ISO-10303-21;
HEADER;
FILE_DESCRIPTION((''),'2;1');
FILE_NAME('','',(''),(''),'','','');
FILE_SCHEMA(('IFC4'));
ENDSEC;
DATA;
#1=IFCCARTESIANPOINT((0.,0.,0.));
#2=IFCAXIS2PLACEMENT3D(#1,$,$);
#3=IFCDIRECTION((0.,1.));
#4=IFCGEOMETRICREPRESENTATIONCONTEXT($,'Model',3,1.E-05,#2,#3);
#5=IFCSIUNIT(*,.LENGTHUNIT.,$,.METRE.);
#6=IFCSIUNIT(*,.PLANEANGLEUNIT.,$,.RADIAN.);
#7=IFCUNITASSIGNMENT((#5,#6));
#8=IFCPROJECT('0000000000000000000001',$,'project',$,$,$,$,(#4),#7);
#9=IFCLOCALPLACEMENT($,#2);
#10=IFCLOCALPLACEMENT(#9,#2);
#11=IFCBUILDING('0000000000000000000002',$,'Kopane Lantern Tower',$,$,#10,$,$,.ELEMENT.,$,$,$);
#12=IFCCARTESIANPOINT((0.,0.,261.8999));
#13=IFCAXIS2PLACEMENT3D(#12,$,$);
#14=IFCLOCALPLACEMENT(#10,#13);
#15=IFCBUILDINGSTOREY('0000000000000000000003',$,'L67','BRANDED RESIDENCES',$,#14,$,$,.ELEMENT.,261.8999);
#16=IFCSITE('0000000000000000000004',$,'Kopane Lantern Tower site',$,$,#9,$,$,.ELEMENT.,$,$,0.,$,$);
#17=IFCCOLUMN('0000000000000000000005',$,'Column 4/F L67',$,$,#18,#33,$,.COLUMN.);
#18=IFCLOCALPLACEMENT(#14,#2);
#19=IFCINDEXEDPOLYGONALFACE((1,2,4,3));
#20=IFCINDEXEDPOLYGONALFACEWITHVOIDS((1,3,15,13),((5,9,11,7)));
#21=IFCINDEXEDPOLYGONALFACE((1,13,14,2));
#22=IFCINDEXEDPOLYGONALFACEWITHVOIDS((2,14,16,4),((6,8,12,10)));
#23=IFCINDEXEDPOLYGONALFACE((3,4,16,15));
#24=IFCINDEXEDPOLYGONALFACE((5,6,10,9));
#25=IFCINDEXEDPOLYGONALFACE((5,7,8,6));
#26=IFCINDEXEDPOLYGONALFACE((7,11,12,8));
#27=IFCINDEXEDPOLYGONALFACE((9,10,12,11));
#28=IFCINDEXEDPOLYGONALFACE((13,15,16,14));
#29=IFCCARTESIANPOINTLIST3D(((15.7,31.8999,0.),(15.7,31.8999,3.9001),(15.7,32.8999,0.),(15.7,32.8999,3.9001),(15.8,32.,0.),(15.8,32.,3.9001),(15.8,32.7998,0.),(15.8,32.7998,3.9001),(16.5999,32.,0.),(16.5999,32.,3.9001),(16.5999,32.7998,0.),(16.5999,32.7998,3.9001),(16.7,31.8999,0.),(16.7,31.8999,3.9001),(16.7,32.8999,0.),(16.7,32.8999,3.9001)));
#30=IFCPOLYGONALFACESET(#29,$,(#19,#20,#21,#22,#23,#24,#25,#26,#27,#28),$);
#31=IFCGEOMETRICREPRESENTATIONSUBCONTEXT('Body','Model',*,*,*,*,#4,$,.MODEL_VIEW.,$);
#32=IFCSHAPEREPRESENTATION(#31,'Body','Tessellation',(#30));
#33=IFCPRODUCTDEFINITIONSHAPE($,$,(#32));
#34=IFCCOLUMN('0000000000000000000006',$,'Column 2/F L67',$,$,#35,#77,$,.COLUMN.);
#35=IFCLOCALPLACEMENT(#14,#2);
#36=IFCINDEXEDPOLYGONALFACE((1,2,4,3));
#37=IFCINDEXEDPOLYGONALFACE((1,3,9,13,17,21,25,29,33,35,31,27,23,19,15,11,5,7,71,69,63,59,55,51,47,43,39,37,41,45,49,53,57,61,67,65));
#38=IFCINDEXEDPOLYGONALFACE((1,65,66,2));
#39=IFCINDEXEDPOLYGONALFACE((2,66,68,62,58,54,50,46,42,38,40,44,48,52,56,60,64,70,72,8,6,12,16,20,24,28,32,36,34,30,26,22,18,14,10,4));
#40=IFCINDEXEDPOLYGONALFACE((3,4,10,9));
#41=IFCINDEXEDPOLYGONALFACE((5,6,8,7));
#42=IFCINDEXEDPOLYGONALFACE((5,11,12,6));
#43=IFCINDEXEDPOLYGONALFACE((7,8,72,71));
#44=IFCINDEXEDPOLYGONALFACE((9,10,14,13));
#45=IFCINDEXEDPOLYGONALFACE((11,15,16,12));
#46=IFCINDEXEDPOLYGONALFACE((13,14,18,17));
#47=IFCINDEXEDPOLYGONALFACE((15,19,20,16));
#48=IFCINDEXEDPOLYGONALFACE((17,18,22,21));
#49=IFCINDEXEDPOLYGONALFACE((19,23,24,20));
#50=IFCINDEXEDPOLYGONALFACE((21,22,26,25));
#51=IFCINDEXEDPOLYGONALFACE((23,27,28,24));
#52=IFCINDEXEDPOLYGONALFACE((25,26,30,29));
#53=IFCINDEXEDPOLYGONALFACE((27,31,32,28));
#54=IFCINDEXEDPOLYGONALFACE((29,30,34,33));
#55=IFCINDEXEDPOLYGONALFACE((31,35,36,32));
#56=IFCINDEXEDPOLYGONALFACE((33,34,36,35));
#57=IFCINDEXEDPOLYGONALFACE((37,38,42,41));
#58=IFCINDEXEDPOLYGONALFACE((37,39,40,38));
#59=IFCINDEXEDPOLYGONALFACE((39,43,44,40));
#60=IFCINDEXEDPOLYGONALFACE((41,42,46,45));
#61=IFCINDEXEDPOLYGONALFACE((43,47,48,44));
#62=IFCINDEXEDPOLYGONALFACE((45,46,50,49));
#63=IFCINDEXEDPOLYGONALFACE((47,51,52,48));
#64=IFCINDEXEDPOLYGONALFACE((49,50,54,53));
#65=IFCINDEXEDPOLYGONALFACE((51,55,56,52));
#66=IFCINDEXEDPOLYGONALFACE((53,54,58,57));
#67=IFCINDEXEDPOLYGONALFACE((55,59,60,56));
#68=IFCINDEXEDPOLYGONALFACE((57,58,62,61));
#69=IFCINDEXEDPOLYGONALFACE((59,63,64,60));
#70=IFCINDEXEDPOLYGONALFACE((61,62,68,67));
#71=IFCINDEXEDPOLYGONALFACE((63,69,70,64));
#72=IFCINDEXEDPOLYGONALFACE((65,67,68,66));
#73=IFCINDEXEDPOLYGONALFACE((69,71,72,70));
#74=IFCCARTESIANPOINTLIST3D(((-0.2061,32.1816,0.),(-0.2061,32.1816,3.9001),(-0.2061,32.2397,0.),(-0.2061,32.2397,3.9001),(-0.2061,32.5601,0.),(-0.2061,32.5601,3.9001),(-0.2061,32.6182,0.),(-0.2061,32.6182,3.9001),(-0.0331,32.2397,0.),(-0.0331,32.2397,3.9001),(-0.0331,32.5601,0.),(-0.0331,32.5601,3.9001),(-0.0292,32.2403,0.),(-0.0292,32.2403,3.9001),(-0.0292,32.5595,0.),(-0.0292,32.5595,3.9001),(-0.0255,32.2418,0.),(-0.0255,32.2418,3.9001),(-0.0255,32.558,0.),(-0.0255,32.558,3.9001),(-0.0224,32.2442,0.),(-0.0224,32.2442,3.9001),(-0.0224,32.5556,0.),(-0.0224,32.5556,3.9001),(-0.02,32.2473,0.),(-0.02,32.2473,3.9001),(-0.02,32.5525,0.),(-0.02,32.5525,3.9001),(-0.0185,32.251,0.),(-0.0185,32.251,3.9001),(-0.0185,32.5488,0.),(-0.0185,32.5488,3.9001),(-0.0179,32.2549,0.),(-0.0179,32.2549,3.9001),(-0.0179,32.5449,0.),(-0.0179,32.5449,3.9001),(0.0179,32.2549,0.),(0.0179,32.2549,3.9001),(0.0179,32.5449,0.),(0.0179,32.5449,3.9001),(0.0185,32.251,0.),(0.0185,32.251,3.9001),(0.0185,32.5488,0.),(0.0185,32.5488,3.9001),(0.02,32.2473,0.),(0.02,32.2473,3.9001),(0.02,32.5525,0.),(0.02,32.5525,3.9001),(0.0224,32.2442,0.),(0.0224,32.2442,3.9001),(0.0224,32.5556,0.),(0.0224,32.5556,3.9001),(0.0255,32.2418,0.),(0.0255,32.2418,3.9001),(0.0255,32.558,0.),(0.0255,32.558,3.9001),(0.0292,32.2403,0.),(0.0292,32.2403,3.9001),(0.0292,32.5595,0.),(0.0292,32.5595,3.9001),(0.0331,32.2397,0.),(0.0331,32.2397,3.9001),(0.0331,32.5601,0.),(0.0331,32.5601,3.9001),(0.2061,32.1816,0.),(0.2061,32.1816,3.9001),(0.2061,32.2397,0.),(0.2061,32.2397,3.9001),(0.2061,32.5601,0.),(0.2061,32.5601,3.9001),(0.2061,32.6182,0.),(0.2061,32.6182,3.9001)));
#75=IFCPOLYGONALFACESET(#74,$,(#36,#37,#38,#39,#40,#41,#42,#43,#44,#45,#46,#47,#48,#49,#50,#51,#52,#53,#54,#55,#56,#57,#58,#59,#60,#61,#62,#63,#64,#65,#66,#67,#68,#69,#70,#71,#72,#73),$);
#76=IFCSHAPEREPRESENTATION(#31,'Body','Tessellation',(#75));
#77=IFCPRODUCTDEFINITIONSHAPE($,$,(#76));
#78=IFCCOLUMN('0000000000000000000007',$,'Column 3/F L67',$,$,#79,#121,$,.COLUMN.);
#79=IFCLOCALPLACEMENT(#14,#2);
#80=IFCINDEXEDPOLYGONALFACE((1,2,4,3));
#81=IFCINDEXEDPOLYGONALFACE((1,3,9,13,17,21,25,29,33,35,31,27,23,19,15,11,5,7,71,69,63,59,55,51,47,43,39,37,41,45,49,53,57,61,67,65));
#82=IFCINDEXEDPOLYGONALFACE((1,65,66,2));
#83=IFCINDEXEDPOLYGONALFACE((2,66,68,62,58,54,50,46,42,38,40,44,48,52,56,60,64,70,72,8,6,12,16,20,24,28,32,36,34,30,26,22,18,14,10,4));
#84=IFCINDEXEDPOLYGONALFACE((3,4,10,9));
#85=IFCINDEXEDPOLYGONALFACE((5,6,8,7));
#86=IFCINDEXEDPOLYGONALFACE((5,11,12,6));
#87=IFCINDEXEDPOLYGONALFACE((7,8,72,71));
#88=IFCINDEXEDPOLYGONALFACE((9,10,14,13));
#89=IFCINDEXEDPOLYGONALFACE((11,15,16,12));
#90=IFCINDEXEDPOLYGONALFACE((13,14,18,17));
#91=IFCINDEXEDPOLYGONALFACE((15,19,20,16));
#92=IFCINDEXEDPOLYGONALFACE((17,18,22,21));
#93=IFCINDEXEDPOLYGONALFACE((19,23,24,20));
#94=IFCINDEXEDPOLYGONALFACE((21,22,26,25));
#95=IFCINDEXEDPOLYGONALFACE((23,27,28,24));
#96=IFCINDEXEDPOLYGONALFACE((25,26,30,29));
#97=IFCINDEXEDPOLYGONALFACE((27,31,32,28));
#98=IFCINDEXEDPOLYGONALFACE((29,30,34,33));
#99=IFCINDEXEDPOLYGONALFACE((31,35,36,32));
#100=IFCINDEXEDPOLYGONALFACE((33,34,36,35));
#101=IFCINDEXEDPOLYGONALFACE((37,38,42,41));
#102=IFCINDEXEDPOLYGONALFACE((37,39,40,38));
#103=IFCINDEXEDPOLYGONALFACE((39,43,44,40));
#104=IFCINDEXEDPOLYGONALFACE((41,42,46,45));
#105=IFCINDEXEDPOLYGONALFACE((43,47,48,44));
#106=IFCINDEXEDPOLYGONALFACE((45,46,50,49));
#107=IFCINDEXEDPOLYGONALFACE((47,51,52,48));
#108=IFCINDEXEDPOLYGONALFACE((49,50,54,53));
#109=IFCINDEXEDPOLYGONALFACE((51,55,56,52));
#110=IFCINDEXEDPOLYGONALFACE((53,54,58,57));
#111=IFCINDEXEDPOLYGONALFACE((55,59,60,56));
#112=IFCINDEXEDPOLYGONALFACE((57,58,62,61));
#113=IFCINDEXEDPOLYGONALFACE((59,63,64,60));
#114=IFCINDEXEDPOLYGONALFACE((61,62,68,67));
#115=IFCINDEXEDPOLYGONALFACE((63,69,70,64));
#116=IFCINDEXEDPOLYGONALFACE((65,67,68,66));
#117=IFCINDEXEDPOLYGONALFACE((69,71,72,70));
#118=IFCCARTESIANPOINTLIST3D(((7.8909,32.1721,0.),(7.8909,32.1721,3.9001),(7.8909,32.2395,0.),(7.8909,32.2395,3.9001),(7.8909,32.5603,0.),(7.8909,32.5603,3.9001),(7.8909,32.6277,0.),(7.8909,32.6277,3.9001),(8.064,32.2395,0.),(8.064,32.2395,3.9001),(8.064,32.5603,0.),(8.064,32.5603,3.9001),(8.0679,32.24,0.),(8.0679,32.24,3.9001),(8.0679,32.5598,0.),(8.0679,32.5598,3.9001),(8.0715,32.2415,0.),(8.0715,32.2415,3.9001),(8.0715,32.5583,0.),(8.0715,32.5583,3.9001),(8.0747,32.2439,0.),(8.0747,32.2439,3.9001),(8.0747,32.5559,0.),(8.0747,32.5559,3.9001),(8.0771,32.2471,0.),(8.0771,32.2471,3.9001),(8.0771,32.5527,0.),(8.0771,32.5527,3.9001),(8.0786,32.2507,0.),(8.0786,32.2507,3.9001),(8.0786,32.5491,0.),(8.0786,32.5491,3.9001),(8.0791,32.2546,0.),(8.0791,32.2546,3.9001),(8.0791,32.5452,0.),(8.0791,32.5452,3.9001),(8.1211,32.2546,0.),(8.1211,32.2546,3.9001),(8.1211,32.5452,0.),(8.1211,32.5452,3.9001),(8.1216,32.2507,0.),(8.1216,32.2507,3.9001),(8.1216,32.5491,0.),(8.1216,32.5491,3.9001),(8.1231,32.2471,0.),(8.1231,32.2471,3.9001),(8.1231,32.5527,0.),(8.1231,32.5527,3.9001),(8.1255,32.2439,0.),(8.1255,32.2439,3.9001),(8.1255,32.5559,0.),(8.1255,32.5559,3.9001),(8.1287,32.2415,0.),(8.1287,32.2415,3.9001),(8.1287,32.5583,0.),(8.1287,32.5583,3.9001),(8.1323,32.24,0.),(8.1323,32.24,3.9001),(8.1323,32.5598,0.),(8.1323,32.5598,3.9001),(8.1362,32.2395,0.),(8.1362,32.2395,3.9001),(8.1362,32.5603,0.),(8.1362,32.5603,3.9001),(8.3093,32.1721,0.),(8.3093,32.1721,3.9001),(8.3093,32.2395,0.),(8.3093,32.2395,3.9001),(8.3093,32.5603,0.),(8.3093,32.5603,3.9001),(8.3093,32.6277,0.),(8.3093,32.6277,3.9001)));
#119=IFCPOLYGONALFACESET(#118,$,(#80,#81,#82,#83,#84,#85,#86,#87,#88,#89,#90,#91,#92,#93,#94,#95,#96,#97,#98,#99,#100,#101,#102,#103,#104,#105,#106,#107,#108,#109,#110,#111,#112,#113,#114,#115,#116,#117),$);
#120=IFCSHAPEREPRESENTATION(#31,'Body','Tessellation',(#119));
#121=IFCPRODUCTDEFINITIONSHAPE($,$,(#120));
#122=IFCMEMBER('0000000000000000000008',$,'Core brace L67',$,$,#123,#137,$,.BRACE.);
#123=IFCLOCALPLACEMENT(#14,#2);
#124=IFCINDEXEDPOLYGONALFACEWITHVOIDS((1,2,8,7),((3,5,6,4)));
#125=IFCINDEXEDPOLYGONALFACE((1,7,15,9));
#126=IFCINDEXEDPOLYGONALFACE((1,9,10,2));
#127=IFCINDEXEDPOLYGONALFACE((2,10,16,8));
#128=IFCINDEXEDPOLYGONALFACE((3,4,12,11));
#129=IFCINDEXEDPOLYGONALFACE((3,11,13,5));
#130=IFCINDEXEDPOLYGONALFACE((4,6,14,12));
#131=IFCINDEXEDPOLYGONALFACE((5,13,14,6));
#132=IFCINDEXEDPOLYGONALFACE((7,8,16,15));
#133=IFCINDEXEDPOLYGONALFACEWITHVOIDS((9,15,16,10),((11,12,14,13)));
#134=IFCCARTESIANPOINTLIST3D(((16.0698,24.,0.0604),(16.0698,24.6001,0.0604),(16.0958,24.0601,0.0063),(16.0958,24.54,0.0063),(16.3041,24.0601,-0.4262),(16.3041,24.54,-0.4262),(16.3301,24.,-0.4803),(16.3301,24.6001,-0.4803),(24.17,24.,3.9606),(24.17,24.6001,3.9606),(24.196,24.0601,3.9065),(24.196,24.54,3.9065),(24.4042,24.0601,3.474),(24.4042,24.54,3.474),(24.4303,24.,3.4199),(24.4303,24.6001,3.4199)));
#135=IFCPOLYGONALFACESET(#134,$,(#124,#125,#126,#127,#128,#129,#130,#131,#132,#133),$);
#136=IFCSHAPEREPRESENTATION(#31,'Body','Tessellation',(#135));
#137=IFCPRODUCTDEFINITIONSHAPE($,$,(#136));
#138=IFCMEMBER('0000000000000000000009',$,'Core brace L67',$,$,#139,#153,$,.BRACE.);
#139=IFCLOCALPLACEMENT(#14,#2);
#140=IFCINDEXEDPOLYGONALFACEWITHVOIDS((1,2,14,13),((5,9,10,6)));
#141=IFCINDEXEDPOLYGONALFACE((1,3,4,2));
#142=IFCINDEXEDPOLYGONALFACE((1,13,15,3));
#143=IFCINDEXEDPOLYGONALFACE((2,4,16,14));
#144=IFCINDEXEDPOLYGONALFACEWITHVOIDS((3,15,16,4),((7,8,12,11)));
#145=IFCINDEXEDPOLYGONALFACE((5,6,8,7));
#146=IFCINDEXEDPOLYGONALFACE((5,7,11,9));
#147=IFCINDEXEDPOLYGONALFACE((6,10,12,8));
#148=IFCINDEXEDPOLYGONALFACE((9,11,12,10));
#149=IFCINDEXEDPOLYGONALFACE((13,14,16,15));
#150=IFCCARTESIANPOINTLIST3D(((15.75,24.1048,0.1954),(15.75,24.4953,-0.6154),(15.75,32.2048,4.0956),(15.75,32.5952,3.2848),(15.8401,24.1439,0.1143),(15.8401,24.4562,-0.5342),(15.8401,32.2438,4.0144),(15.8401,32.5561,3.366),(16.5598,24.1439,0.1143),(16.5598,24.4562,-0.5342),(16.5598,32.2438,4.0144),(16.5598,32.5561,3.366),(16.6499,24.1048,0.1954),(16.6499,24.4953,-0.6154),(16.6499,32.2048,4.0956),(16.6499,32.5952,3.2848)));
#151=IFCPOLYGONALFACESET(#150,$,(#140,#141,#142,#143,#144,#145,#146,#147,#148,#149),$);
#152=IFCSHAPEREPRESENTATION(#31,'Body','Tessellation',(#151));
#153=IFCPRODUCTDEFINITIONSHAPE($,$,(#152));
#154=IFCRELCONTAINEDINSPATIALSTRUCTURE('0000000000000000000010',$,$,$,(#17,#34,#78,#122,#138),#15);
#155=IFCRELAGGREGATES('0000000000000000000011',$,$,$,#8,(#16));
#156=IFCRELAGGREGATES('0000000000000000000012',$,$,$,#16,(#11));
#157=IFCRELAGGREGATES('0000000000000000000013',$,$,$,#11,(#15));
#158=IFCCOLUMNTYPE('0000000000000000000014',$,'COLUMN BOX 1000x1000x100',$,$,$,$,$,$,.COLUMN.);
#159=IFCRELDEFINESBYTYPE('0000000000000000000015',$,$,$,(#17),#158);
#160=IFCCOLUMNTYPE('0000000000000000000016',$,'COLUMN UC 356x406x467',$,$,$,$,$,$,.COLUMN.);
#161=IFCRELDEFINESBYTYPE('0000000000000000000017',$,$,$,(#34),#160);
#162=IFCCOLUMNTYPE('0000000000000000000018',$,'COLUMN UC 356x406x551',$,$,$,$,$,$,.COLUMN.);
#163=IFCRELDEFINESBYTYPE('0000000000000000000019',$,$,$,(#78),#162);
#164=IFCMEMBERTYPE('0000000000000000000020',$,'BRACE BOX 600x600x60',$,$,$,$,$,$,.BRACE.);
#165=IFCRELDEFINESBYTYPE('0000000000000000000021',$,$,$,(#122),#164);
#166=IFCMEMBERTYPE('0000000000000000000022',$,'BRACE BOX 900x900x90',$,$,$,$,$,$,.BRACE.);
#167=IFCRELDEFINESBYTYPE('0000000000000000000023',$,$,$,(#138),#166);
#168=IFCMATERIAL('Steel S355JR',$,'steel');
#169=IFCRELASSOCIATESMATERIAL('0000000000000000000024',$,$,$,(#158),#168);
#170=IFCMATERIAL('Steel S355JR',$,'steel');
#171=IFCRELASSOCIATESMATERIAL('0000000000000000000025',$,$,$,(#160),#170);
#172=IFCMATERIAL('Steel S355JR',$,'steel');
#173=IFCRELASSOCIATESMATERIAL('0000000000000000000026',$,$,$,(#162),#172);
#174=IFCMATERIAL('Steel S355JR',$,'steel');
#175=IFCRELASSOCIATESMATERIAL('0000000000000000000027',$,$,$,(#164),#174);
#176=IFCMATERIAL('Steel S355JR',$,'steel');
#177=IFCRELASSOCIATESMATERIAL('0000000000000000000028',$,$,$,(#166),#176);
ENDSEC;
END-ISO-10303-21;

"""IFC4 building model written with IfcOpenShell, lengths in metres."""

from ifc_helpers import new_model, si_unit, direction, frame, origin, origin_2d, place, context, subcontext, project, spatial, hollow_rectangle, i_section, extrude, material, material_profile, profile_set, type_object, element, save


model = new_model("IFC4")

# Units and contexts
model_context = context("Model", 3, precision=1e-05, world=origin(), true_north=direction((0.0, 1.0)))
body_context = subcontext(model_context, "Body", "Model", "MODEL_VIEW")
ifc_project = project(units=[si_unit("LENGTHUNIT", "METRE"), si_unit("PLANEANGLEUNIT", "RADIAN")], contexts=[model_context])

# Site, building, storey
site_placement = place(None, origin())
site = spatial("IfcSite", under=ifc_project, at=site_placement, Name="Kopane Lantern Tower site", CompositionType="ELEMENT", RefElevation=0.0)
building_placement = place(site_placement, origin())
building = spatial("IfcBuilding", under=site, at=building_placement, Name="Kopane Lantern Tower", CompositionType="ELEMENT")
storey_placement = place(building_placement, frame((0.0, 0.0, 261.8999)))
storey = spatial("IfcBuildingStorey", under=building, at=storey_placement, Name="L67", Description="BRANDED RESIDENCES", CompositionType="ELEMENT", Elevation=261.8999)

# Columns
ifc_material_1 = material(Name="Steel S355JR", Category="steel")
ifc_material_profile_1 = material_profile(ifc_material_1, hollow_rectangle(XDim=1.0, YDim=1.0, WallThickness=0.1001, at=origin_2d()), Name="BOX 1000x1000x100")
ifc_profile_set_1 = profile_set([ifc_material_profile_1], Name="Steel S355JR")
column_type_1 = type_object("IfcColumnType", Name="COLUMN BOX 1000x1000x100", PredefinedType="COLUMN", material=ifc_profile_set_1)
column_1_placement = place(storey_placement, frame((16.2, 32.3999, 0.0), z_axis=(0.0, 0.0, 1.0), x_axis=(1.0, 0.0, 0.0)))
element("IfcColumn", 1, at=column_1_placement, inside=storey, type_object=column_type_1, Name="Column 4/F L67", PredefinedType="COLUMN", context=body_context, shape_type="SweptSolid", body=[
    extrude(hollow_rectangle(XDim=1.0, YDim=1.0, WallThickness=0.1001, at=origin_2d()), origin(), (0.0, 0.0, 1.0), 3.9001),
])
ifc_material_2 = material(Name="Steel S355JR", Category="steel")
ifc_material_profile_2 = material_profile(ifc_material_2, i_section(OverallWidth=0.4121, OverallDepth=0.4365, WebThickness=0.0359, FlangeThickness=0.0581, FilletRadius=0.0151, at=origin_2d()), Name="UC 356x406x467")
ifc_profile_set_2 = profile_set([ifc_material_profile_2], Name="Steel S355JR")
column_type_2 = type_object("IfcColumnType", Name="COLUMN UC 356x406x467", PredefinedType="COLUMN", material=ifc_profile_set_2)
column_2_placement = place(storey_placement, frame((0.0, 32.3999, 0.0), z_axis=(0.0, 0.0, 1.0), x_axis=(1.0, 0.0, 0.0)))
element("IfcColumn", 2, at=column_2_placement, inside=storey, type_object=column_type_2, Name="Column 2/F L67", PredefinedType="COLUMN", context=body_context, shape_type="SweptSolid", body=[
    extrude(i_section(OverallWidth=0.4121, OverallDepth=0.4365, WebThickness=0.0359, FlangeThickness=0.0581, FilletRadius=0.0151, at=origin_2d()), origin(), (0.0, 0.0, 1.0), 3.9001),
])
ifc_material_3 = material(Name="Steel S355JR", Category="steel")
ifc_material_profile_3 = material_profile(ifc_material_3, i_section(OverallWidth=0.4185, OverallDepth=0.4556, WebThickness=0.042, FlangeThickness=0.0674, FilletRadius=0.0151, at=origin_2d()), Name="UC 356x406x551")
ifc_profile_set_3 = profile_set([ifc_material_profile_3], Name="Steel S355JR")
column_type_3 = type_object("IfcColumnType", Name="COLUMN UC 356x406x551", PredefinedType="COLUMN", material=ifc_profile_set_3)
column_3_placement = place(storey_placement, frame((8.1001, 32.3999, 0.0), z_axis=(0.0, 0.0, 1.0), x_axis=(1.0, 0.0, 0.0)))
element("IfcColumn", 3, at=column_3_placement, inside=storey, type_object=column_type_3, Name="Column 3/F L67", PredefinedType="COLUMN", context=body_context, shape_type="SweptSolid", body=[
    extrude(i_section(OverallWidth=0.4185, OverallDepth=0.4556, WebThickness=0.042, FlangeThickness=0.0674, FilletRadius=0.0151, at=origin_2d()), origin(), (0.0, 0.0, 1.0), 3.9001),
])

# Members
ifc_material_4 = material(Name="Steel S355JR", Category="steel")
ifc_material_profile_4 = material_profile(ifc_material_4, hollow_rectangle(XDim=0.6001, YDim=0.6001, WallThickness=0.0601, at=origin_2d()), Name="BOX 600x600x60")
ifc_profile_set_4 = profile_set([ifc_material_profile_4], Name="Steel S355JR")
member_type_1 = type_object("IfcMemberType", Name="BRACE BOX 600x600x60", PredefinedType="BRACE", material=ifc_profile_set_4)
member_1_placement = place(storey_placement, frame((16.2, 24.3, -0.21), z_axis=(0.900997, 0.0, 0.433825), x_axis=(0.0, 1.0, 0.0)))
element("IfcMember", 4, at=member_1_placement, inside=storey, type_object=member_type_1, Name="Core brace L67", PredefinedType="BRACE", context=body_context, shape_type="SweptSolid", body=[
    extrude(hollow_rectangle(XDim=0.6001, YDim=0.6001, WallThickness=0.0601, at=origin_2d()), origin(), (0.0, 0.0, 1.0), 8.9902),
])
ifc_material_5 = material(Name="Steel S355JR", Category="steel")
ifc_material_profile_5 = material_profile(ifc_material_5, hollow_rectangle(XDim=0.8999, YDim=0.8999, WallThickness=0.0901, at=origin_2d()), Name="BOX 900x900x90")
ifc_profile_set_5 = profile_set([ifc_material_profile_5], Name="Steel S355JR")
member_type_2 = type_object("IfcMemberType", Name="BRACE BOX 900x900x90", PredefinedType="BRACE", material=ifc_profile_set_5)
member_2_placement = place(storey_placement, frame((16.2, 24.3, -0.21), z_axis=(0.0, 0.900992, 0.433835), x_axis=(-1.0, 0.0, 0.0)))
element("IfcMember", 5, at=member_2_placement, inside=storey, type_object=member_type_2, Name="Core brace L67", PredefinedType="BRACE", context=body_context, shape_type="SweptSolid", body=[
    extrude(hollow_rectangle(XDim=0.8999, YDim=0.8999, WallThickness=0.0901, at=origin_2d()), origin(), (0.0, 0.0, 1.0), 8.99),
])

save(model, "model.ifc")
